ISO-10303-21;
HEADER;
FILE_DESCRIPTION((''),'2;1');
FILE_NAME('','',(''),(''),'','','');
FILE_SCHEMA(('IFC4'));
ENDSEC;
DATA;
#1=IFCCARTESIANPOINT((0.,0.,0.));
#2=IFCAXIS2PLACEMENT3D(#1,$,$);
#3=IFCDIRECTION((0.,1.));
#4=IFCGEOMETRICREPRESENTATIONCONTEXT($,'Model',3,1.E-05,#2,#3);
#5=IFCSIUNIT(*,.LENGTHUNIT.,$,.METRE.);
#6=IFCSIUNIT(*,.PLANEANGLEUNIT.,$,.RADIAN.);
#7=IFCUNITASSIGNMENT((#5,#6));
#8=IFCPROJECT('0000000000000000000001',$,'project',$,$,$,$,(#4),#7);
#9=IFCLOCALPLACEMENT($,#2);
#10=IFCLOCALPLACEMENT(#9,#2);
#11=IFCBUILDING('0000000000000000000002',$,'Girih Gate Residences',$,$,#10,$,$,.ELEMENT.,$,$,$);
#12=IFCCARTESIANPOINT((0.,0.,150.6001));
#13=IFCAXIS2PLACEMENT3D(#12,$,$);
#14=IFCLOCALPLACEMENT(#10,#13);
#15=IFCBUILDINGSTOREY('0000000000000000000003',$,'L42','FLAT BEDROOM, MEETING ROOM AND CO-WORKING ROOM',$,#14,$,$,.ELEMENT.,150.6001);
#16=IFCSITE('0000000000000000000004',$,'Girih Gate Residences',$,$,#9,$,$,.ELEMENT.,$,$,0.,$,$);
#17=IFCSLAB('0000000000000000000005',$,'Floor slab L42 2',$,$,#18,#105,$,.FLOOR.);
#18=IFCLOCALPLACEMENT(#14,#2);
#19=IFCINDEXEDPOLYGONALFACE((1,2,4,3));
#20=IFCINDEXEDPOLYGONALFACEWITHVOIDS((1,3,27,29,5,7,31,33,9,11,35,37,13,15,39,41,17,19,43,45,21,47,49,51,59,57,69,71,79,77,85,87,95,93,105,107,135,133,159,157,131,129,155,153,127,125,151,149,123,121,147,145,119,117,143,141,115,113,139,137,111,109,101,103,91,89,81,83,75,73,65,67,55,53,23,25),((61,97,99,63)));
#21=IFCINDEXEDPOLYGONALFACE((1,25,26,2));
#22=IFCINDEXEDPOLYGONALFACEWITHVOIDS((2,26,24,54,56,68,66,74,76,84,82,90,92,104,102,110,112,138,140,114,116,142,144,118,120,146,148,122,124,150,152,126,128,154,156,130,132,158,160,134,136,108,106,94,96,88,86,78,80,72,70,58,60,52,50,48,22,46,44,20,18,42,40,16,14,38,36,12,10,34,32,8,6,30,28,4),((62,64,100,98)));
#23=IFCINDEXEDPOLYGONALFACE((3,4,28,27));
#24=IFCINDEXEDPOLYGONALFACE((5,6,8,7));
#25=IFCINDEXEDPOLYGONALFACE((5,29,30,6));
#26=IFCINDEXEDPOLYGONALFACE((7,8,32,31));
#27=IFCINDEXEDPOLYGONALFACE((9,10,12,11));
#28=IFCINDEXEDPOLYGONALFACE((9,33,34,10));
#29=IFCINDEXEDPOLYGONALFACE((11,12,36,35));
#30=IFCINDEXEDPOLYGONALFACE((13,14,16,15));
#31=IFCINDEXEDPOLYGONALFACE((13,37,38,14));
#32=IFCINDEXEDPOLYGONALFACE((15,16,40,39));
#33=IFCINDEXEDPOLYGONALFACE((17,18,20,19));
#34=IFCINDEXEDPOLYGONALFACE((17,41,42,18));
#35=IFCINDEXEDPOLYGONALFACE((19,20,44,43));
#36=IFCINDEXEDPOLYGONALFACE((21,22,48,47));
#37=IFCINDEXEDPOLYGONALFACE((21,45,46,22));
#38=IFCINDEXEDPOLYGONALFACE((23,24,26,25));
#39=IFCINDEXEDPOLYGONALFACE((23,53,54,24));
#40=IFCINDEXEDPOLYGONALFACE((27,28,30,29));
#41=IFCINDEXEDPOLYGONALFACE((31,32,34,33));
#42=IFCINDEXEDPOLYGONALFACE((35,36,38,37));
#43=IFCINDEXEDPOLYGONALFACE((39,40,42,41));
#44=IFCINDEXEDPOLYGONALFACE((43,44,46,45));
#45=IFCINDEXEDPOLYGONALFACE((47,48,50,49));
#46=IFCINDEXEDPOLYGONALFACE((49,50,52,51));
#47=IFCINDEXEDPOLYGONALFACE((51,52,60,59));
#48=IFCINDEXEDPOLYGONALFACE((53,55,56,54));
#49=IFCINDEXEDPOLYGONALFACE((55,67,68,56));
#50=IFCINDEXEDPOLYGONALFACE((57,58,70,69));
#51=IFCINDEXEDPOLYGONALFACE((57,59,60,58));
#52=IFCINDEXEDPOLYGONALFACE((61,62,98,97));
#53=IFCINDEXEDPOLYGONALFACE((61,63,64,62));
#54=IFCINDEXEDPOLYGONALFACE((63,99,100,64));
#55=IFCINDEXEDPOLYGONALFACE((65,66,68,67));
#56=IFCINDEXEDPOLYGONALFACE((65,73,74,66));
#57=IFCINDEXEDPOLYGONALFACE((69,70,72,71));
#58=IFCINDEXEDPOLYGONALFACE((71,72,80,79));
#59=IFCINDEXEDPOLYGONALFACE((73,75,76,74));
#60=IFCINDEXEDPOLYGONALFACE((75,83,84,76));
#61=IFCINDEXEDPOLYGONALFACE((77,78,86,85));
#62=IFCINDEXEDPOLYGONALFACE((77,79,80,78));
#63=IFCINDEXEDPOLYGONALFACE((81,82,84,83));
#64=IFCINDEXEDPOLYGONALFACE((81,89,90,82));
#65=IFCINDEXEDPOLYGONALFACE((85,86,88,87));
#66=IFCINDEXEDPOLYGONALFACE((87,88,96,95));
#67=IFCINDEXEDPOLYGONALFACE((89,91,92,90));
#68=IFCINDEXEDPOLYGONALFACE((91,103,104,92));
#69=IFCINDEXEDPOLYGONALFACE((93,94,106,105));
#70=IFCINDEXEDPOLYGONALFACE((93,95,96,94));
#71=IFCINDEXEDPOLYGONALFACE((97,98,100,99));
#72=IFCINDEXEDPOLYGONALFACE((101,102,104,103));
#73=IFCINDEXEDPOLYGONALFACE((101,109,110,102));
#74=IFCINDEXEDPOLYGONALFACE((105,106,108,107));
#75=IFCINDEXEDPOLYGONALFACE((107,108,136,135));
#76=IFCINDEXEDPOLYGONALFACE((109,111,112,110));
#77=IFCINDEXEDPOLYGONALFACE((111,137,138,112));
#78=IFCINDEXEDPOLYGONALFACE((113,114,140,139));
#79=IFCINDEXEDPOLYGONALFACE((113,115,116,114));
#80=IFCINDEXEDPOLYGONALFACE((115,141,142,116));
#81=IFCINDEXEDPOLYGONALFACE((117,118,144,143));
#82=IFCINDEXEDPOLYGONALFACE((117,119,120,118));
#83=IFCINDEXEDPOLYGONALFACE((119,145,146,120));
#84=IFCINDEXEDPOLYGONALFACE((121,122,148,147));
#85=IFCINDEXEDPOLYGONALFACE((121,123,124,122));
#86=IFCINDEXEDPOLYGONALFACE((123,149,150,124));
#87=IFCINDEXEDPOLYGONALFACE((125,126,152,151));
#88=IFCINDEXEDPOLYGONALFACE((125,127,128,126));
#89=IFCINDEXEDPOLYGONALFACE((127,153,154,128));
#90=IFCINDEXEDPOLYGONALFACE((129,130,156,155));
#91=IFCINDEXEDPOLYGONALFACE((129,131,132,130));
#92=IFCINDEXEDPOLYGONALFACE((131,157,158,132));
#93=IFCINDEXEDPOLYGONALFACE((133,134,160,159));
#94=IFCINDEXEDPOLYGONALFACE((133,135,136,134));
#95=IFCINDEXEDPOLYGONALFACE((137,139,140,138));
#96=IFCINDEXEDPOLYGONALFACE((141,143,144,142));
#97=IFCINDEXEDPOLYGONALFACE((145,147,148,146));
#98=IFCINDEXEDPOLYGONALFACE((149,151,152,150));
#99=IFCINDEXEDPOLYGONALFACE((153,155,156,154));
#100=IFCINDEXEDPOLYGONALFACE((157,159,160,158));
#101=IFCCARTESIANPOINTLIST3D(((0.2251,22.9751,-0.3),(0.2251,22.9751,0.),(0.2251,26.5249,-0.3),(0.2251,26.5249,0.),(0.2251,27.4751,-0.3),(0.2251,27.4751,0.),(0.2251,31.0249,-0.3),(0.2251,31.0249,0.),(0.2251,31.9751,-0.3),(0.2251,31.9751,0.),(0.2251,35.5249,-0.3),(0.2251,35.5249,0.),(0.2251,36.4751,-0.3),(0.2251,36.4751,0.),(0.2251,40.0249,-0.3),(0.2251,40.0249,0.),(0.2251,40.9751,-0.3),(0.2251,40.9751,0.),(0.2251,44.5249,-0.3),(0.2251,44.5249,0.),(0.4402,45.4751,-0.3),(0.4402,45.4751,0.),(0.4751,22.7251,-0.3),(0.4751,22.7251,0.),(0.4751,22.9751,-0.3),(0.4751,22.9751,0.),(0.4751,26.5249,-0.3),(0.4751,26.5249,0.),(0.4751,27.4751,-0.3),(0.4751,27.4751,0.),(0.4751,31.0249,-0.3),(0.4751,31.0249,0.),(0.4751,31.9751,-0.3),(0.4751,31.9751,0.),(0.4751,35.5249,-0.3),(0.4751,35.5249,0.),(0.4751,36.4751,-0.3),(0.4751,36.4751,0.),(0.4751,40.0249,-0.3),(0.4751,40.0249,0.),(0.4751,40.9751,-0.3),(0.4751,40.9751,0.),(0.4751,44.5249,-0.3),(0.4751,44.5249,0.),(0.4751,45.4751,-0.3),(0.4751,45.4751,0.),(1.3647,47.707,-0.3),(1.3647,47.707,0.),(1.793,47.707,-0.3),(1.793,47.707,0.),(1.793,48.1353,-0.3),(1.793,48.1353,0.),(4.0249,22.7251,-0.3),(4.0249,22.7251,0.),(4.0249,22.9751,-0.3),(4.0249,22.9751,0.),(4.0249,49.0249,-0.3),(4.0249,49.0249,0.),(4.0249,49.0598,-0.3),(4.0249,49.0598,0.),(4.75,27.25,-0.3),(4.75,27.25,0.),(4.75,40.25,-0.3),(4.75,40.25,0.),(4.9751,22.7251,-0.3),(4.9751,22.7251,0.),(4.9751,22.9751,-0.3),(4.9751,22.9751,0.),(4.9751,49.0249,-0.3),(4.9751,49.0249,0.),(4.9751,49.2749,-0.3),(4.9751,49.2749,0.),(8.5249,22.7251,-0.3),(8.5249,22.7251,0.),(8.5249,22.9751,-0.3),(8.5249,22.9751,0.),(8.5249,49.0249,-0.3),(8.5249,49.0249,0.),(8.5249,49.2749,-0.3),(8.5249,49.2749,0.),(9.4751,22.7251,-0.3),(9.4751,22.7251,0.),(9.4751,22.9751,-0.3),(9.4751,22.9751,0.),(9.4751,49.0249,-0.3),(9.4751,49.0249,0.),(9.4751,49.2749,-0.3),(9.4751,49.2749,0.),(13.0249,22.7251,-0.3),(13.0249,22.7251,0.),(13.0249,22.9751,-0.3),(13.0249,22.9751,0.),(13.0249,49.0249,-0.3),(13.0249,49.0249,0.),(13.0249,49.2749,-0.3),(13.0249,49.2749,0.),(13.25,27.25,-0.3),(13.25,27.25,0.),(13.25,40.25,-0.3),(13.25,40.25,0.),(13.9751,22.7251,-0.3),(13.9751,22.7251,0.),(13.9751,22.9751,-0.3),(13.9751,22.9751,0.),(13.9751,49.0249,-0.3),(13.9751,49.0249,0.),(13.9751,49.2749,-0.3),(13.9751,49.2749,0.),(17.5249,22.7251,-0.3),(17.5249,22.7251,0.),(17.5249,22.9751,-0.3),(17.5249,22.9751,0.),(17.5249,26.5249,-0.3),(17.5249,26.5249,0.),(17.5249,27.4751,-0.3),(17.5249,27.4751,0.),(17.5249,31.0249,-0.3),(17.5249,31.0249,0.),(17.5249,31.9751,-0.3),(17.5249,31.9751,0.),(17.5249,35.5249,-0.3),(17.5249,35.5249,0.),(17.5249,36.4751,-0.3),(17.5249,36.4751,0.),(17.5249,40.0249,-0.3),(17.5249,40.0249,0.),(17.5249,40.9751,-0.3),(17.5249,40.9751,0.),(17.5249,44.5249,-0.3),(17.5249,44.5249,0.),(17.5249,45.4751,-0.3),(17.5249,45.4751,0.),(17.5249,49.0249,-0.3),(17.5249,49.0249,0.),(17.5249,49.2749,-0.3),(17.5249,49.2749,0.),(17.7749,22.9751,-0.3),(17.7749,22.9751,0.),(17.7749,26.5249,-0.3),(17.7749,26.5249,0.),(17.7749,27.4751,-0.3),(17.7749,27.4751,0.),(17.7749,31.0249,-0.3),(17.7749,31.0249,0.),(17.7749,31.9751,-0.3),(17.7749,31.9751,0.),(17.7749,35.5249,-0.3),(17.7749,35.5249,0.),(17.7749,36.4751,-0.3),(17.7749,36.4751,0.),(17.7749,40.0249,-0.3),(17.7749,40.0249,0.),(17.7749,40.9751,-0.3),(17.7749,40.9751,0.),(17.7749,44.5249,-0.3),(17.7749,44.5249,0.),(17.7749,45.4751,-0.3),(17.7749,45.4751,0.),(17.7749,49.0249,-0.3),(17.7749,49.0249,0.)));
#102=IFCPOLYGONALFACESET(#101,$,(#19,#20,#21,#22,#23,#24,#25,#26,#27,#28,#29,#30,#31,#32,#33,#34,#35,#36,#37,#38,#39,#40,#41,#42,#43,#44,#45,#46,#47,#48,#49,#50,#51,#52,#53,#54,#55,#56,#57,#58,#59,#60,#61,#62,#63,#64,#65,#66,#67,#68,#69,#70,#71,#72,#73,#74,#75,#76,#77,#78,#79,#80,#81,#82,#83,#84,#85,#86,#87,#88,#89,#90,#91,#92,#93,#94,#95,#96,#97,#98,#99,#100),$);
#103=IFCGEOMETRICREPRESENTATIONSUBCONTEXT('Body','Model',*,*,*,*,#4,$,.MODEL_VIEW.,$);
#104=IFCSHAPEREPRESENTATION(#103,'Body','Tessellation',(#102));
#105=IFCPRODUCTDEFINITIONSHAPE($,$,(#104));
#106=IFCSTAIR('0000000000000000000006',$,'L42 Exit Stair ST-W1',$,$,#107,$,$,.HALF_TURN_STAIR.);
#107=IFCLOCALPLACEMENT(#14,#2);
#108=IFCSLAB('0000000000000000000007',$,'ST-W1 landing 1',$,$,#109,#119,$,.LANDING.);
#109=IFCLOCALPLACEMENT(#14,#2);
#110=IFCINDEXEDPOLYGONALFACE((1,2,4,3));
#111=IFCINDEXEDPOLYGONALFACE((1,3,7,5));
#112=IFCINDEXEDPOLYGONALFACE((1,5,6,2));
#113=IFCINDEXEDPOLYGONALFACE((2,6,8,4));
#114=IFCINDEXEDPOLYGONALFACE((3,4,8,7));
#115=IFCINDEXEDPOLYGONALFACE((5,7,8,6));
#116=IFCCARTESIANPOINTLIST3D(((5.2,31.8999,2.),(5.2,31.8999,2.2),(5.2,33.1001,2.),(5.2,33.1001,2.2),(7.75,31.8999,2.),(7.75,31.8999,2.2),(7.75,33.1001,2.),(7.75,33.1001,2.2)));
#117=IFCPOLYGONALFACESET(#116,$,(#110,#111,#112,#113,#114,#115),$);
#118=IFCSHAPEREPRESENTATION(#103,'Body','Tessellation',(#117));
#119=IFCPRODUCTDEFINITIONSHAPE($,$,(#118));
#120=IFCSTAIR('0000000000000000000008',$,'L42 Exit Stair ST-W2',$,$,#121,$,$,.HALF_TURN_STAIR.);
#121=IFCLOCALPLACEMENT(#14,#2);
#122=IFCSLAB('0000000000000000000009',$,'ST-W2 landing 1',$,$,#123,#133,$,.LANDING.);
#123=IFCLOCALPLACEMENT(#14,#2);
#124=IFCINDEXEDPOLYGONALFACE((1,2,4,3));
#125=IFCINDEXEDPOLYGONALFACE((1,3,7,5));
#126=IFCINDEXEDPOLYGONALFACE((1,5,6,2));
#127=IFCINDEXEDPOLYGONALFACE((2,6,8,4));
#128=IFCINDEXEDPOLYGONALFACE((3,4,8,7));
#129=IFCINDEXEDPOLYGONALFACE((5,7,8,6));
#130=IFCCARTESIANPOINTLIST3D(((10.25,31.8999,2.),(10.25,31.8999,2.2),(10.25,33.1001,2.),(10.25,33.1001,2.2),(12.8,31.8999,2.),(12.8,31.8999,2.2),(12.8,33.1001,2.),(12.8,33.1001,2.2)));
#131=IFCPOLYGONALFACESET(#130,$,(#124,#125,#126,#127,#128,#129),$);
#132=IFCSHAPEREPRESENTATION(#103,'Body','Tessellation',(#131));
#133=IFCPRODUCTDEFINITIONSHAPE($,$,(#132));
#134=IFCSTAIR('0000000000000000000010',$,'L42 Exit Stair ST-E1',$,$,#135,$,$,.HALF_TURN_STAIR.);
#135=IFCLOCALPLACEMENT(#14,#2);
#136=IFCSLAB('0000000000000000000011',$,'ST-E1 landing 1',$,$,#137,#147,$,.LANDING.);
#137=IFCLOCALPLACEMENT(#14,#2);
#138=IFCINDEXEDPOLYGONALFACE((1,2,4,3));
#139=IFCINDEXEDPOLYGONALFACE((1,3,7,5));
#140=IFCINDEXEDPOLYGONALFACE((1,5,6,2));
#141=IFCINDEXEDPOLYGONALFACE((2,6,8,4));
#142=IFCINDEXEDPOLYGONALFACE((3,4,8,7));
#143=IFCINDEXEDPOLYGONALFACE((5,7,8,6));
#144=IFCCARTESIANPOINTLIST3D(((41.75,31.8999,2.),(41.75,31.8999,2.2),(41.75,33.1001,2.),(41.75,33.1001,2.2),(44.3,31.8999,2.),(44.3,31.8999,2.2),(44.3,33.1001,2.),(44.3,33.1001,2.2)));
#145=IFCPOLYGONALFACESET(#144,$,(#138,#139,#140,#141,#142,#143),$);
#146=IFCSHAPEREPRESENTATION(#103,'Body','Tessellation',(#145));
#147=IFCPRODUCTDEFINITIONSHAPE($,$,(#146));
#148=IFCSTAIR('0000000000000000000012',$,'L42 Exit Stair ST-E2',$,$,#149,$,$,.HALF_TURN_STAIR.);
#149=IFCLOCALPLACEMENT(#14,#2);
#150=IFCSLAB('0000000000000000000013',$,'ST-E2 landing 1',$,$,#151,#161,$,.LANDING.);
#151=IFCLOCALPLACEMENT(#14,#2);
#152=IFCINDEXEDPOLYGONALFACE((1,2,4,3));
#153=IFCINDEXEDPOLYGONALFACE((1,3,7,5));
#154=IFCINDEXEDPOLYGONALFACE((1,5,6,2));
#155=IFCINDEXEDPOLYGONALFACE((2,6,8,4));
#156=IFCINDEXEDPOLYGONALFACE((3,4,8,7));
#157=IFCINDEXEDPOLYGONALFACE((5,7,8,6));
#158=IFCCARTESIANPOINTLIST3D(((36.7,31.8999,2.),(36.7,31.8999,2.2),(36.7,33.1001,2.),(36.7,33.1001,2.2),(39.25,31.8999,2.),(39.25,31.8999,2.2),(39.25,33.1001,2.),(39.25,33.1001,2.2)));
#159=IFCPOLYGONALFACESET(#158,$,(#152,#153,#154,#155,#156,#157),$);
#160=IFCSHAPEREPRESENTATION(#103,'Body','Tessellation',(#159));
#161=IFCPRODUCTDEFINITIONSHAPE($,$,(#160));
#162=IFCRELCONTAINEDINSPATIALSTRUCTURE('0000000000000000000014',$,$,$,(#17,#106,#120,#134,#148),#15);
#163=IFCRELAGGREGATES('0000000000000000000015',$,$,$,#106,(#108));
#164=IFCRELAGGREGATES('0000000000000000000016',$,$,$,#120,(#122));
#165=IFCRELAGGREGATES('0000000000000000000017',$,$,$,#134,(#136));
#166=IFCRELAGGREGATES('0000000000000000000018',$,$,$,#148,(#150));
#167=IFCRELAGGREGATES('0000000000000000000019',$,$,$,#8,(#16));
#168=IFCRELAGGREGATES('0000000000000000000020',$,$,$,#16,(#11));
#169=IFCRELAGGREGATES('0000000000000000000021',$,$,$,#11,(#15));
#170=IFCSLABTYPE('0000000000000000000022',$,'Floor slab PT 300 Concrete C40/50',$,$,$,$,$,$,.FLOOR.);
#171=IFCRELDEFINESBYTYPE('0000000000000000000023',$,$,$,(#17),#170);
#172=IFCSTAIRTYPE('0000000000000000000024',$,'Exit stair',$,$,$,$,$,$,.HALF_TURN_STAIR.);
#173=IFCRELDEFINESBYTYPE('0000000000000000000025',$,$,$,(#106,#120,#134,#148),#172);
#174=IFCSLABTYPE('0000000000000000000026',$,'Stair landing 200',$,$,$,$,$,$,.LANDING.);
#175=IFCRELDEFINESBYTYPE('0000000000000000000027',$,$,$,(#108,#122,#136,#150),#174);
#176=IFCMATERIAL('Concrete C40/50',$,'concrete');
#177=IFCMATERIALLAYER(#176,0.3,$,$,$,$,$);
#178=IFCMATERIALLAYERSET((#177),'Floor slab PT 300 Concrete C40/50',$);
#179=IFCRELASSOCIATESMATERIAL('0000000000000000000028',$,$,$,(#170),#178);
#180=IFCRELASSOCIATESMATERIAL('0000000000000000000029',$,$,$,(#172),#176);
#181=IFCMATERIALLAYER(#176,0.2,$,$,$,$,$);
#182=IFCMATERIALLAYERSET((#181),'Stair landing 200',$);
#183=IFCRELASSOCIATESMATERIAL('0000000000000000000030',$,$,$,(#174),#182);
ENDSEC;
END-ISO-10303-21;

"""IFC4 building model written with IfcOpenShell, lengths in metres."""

from ifc_helpers import new_model, si_unit, direction, frame, origin, place, context, subcontext, project, spatial, polyline, outline, extrude, material, layer, layer_set, type_object, element, aggregate, save


model = new_model("IFC4")

# Units and contexts
model_context = context("Model", 3, precision=1e-05, world=origin(), true_north=direction((0.0, 1.0)))
body_context = subcontext(model_context, "Body", "Model", "MODEL_VIEW")
ifc_project = project(units=[si_unit("LENGTHUNIT", "METRE"), si_unit("PLANEANGLEUNIT", "RADIAN")], contexts=[model_context])

# Site, building, storey
site_placement = place(None, origin())
site = spatial("IfcSite", under=ifc_project, at=site_placement, Name="Girih Gate Residences", CompositionType="ELEMENT", RefElevation=0.0)
building_placement = place(site_placement, origin())
building = spatial("IfcBuilding", under=site, at=building_placement, Name="Girih Gate Residences", CompositionType="ELEMENT")
storey_placement = place(building_placement, frame((0.0, 0.0, 150.6001)))
storey = spatial("IfcBuildingStorey", under=building, at=storey_placement, Name="L42", Description="FLAT BEDROOM, MEETING ROOM AND CO-WORKING ROOM", CompositionType="ELEMENT", Elevation=150.6001)

# Slab
ifc_material_1 = material(Name="Concrete C40/50", Category="concrete")
ifc_layer_1 = layer(ifc_material_1, 0.3)
ifc_layer_set_1 = layer_set([ifc_layer_1], Name="Floor slab PT 300 Concrete C40/50")
slab_type_1 = type_object("IfcSlabType", Name="Floor slab PT 300 Concrete C40/50", PredefinedType="FLOOR", material=ifc_layer_set_1)
slab_1_placement = place(storey_placement, frame((0.0, 0.0, -0.3)))
element("IfcSlab", 1, at=slab_1_placement, inside=storey, type_object=slab_type_1, Name="Floor slab L42 2", PredefinedType="FLOOR", context=body_context, shape_type="SweptSolid", body=[
    extrude(outline(polyline([(0.2251, 26.5249), (0.2251, 22.9751), (0.4751, 22.9751), (0.4751, 22.7251), (4.0249, 22.7251), (4.0249, 22.9751), (4.9751, 22.9751), (4.9751, 22.7251), (8.5249, 22.7251), (8.5249, 22.9751), (9.4751, 22.9751), (9.4751, 22.7251), (13.0249, 22.7251), (13.0249, 22.9751), (13.9751, 22.9751), (13.9751, 22.7251), (17.5249, 22.7251), (17.5249, 22.9751), (17.7749, 22.9751), (17.7749, 26.5249), (17.5249, 26.5249), (17.5249, 27.4751), (17.7749, 27.4751), (17.7749, 31.0249), (17.5249, 31.0249), (17.5249, 31.9751), (17.7749, 31.9751), (17.7749, 35.5249), (17.5249, 35.5249), (17.5249, 36.4751), (17.7749, 36.4751), (17.7749, 40.0249), (17.5249, 40.0249), (17.5249, 40.9751), (17.7749, 40.9751), (17.7749, 44.5249), (17.5249, 44.5249), (17.5249, 45.4751), (17.7749, 45.4751), (17.7749, 49.0249), (17.5249, 49.0249), (17.5249, 49.2749), (13.9751, 49.2749), (13.9751, 49.0249), (13.0249, 49.0249), (13.0249, 49.2749), (9.4751, 49.2749), (9.4751, 49.0249), (8.5249, 49.0249), (8.5249, 49.2749), (4.9751, 49.2749), (4.9751, 49.0249), (4.0249, 49.0249), (4.0249, 49.0598), (1.793, 48.1353), (1.793, 47.707), (1.3647, 47.707), (0.4402, 45.4751), (0.4751, 45.4751), (0.4751, 44.5249), (0.2251, 44.5249), (0.2251, 40.9751), (0.4751, 40.9751), (0.4751, 40.0249), (0.2251, 40.0249), (0.2251, 36.4751), (0.4751, 36.4751), (0.4751, 35.5249), (0.2251, 35.5249), (0.2251, 31.9751), (0.4751, 31.9751), (0.4751, 31.0249), (0.2251, 31.0249), (0.2251, 27.4751), (0.4751, 27.4751), (0.4751, 26.5249), (0.2251, 26.5249)]), holes=[polyline([(13.25, 40.25), (13.25, 27.25), (4.75, 27.25), (4.75, 40.25), (13.25, 40.25)])]), origin(), (0.0, 0.0, 1.0), 0.3),
])

# Stairs, slabs
stair_type = type_object("IfcStairType", Name="Exit stair", PredefinedType="HALF_TURN_STAIR", material=ifc_material_1)
stair_1_placement = place(storey_placement, origin())
stair_1 = element("IfcStair", 2, at=stair_1_placement, inside=storey, type_object=stair_type, Name="L42 Exit Stair ST-W1", PredefinedType="HALF_TURN_STAIR")
ifc_layer_2 = layer(ifc_material_1, 0.2)
ifc_layer_set_2 = layer_set([ifc_layer_2], Name="Stair landing 200")
slab_type_2 = type_object("IfcSlabType", Name="Stair landing 200", PredefinedType="LANDING", material=ifc_layer_set_2)
slab_2_placement = place(storey_placement, frame((0.0, 0.0, 2.0)))
slab_2 = element("IfcSlab", 3, at=slab_2_placement, type_object=slab_type_2, Name="ST-W1 landing 1", PredefinedType="LANDING", context=body_context, shape_type="SweptSolid", body=[
    extrude(outline(polyline([(7.75, 31.8999), (7.75, 33.1001), (5.2, 33.1001), (5.2, 31.8999), (7.75, 31.8999)])), origin(), (0.0, 0.0, 1.0), 0.2),
])
aggregate(stair_1, [slab_2])
stair_2_placement = place(storey_placement, origin())
stair_2 = element("IfcStair", 4, at=stair_2_placement, inside=storey, type_object=stair_type, Name="L42 Exit Stair ST-W2", PredefinedType="HALF_TURN_STAIR")
slab_3_placement = place(storey_placement, frame((0.0, 0.0, 2.0)))
slab_3 = element("IfcSlab", 5, at=slab_3_placement, type_object=slab_type_2, Name="ST-W2 landing 1", PredefinedType="LANDING", context=body_context, shape_type="SweptSolid", body=[
    extrude(outline(polyline([(12.8, 31.8999), (12.8, 33.1001), (10.25, 33.1001), (10.25, 31.8999), (12.8, 31.8999)])), origin(), (0.0, 0.0, 1.0), 0.2),
])
aggregate(stair_2, [slab_3])
stair_3_placement = place(storey_placement, origin())
stair_3 = element("IfcStair", 6, at=stair_3_placement, inside=storey, type_object=stair_type, Name="L42 Exit Stair ST-E1", PredefinedType="HALF_TURN_STAIR")
slab_4_placement = place(storey_placement, frame((0.0, 0.0, 2.0)))
slab_4 = element("IfcSlab", 7, at=slab_4_placement, type_object=slab_type_2, Name="ST-E1 landing 1", PredefinedType="LANDING", context=body_context, shape_type="SweptSolid", body=[
    extrude(outline(polyline([(44.3, 31.8999), (44.3, 33.1001), (41.75, 33.1001), (41.75, 31.8999), (44.3, 31.8999)])), origin(), (0.0, 0.0, 1.0), 0.2),
])
aggregate(stair_3, [slab_4])
stair_4_placement = place(storey_placement, origin())
stair_4 = element("IfcStair", 8, at=stair_4_placement, inside=storey, type_object=stair_type, Name="L42 Exit Stair ST-E2", PredefinedType="HALF_TURN_STAIR")
slab_5_placement = place(storey_placement, frame((0.0, 0.0, 2.0)))
slab_5 = element("IfcSlab", 9, at=slab_5_placement, type_object=slab_type_2, Name="ST-E2 landing 1", PredefinedType="LANDING", context=body_context, shape_type="SweptSolid", body=[
    extrude(outline(polyline([(39.25, 31.8999), (39.25, 33.1001), (36.7, 33.1001), (36.7, 31.8999), (39.25, 31.8999)])), origin(), (0.0, 0.0, 1.0), 0.2),
])
aggregate(stair_4, [slab_5])

save(model, "model.ifc")
